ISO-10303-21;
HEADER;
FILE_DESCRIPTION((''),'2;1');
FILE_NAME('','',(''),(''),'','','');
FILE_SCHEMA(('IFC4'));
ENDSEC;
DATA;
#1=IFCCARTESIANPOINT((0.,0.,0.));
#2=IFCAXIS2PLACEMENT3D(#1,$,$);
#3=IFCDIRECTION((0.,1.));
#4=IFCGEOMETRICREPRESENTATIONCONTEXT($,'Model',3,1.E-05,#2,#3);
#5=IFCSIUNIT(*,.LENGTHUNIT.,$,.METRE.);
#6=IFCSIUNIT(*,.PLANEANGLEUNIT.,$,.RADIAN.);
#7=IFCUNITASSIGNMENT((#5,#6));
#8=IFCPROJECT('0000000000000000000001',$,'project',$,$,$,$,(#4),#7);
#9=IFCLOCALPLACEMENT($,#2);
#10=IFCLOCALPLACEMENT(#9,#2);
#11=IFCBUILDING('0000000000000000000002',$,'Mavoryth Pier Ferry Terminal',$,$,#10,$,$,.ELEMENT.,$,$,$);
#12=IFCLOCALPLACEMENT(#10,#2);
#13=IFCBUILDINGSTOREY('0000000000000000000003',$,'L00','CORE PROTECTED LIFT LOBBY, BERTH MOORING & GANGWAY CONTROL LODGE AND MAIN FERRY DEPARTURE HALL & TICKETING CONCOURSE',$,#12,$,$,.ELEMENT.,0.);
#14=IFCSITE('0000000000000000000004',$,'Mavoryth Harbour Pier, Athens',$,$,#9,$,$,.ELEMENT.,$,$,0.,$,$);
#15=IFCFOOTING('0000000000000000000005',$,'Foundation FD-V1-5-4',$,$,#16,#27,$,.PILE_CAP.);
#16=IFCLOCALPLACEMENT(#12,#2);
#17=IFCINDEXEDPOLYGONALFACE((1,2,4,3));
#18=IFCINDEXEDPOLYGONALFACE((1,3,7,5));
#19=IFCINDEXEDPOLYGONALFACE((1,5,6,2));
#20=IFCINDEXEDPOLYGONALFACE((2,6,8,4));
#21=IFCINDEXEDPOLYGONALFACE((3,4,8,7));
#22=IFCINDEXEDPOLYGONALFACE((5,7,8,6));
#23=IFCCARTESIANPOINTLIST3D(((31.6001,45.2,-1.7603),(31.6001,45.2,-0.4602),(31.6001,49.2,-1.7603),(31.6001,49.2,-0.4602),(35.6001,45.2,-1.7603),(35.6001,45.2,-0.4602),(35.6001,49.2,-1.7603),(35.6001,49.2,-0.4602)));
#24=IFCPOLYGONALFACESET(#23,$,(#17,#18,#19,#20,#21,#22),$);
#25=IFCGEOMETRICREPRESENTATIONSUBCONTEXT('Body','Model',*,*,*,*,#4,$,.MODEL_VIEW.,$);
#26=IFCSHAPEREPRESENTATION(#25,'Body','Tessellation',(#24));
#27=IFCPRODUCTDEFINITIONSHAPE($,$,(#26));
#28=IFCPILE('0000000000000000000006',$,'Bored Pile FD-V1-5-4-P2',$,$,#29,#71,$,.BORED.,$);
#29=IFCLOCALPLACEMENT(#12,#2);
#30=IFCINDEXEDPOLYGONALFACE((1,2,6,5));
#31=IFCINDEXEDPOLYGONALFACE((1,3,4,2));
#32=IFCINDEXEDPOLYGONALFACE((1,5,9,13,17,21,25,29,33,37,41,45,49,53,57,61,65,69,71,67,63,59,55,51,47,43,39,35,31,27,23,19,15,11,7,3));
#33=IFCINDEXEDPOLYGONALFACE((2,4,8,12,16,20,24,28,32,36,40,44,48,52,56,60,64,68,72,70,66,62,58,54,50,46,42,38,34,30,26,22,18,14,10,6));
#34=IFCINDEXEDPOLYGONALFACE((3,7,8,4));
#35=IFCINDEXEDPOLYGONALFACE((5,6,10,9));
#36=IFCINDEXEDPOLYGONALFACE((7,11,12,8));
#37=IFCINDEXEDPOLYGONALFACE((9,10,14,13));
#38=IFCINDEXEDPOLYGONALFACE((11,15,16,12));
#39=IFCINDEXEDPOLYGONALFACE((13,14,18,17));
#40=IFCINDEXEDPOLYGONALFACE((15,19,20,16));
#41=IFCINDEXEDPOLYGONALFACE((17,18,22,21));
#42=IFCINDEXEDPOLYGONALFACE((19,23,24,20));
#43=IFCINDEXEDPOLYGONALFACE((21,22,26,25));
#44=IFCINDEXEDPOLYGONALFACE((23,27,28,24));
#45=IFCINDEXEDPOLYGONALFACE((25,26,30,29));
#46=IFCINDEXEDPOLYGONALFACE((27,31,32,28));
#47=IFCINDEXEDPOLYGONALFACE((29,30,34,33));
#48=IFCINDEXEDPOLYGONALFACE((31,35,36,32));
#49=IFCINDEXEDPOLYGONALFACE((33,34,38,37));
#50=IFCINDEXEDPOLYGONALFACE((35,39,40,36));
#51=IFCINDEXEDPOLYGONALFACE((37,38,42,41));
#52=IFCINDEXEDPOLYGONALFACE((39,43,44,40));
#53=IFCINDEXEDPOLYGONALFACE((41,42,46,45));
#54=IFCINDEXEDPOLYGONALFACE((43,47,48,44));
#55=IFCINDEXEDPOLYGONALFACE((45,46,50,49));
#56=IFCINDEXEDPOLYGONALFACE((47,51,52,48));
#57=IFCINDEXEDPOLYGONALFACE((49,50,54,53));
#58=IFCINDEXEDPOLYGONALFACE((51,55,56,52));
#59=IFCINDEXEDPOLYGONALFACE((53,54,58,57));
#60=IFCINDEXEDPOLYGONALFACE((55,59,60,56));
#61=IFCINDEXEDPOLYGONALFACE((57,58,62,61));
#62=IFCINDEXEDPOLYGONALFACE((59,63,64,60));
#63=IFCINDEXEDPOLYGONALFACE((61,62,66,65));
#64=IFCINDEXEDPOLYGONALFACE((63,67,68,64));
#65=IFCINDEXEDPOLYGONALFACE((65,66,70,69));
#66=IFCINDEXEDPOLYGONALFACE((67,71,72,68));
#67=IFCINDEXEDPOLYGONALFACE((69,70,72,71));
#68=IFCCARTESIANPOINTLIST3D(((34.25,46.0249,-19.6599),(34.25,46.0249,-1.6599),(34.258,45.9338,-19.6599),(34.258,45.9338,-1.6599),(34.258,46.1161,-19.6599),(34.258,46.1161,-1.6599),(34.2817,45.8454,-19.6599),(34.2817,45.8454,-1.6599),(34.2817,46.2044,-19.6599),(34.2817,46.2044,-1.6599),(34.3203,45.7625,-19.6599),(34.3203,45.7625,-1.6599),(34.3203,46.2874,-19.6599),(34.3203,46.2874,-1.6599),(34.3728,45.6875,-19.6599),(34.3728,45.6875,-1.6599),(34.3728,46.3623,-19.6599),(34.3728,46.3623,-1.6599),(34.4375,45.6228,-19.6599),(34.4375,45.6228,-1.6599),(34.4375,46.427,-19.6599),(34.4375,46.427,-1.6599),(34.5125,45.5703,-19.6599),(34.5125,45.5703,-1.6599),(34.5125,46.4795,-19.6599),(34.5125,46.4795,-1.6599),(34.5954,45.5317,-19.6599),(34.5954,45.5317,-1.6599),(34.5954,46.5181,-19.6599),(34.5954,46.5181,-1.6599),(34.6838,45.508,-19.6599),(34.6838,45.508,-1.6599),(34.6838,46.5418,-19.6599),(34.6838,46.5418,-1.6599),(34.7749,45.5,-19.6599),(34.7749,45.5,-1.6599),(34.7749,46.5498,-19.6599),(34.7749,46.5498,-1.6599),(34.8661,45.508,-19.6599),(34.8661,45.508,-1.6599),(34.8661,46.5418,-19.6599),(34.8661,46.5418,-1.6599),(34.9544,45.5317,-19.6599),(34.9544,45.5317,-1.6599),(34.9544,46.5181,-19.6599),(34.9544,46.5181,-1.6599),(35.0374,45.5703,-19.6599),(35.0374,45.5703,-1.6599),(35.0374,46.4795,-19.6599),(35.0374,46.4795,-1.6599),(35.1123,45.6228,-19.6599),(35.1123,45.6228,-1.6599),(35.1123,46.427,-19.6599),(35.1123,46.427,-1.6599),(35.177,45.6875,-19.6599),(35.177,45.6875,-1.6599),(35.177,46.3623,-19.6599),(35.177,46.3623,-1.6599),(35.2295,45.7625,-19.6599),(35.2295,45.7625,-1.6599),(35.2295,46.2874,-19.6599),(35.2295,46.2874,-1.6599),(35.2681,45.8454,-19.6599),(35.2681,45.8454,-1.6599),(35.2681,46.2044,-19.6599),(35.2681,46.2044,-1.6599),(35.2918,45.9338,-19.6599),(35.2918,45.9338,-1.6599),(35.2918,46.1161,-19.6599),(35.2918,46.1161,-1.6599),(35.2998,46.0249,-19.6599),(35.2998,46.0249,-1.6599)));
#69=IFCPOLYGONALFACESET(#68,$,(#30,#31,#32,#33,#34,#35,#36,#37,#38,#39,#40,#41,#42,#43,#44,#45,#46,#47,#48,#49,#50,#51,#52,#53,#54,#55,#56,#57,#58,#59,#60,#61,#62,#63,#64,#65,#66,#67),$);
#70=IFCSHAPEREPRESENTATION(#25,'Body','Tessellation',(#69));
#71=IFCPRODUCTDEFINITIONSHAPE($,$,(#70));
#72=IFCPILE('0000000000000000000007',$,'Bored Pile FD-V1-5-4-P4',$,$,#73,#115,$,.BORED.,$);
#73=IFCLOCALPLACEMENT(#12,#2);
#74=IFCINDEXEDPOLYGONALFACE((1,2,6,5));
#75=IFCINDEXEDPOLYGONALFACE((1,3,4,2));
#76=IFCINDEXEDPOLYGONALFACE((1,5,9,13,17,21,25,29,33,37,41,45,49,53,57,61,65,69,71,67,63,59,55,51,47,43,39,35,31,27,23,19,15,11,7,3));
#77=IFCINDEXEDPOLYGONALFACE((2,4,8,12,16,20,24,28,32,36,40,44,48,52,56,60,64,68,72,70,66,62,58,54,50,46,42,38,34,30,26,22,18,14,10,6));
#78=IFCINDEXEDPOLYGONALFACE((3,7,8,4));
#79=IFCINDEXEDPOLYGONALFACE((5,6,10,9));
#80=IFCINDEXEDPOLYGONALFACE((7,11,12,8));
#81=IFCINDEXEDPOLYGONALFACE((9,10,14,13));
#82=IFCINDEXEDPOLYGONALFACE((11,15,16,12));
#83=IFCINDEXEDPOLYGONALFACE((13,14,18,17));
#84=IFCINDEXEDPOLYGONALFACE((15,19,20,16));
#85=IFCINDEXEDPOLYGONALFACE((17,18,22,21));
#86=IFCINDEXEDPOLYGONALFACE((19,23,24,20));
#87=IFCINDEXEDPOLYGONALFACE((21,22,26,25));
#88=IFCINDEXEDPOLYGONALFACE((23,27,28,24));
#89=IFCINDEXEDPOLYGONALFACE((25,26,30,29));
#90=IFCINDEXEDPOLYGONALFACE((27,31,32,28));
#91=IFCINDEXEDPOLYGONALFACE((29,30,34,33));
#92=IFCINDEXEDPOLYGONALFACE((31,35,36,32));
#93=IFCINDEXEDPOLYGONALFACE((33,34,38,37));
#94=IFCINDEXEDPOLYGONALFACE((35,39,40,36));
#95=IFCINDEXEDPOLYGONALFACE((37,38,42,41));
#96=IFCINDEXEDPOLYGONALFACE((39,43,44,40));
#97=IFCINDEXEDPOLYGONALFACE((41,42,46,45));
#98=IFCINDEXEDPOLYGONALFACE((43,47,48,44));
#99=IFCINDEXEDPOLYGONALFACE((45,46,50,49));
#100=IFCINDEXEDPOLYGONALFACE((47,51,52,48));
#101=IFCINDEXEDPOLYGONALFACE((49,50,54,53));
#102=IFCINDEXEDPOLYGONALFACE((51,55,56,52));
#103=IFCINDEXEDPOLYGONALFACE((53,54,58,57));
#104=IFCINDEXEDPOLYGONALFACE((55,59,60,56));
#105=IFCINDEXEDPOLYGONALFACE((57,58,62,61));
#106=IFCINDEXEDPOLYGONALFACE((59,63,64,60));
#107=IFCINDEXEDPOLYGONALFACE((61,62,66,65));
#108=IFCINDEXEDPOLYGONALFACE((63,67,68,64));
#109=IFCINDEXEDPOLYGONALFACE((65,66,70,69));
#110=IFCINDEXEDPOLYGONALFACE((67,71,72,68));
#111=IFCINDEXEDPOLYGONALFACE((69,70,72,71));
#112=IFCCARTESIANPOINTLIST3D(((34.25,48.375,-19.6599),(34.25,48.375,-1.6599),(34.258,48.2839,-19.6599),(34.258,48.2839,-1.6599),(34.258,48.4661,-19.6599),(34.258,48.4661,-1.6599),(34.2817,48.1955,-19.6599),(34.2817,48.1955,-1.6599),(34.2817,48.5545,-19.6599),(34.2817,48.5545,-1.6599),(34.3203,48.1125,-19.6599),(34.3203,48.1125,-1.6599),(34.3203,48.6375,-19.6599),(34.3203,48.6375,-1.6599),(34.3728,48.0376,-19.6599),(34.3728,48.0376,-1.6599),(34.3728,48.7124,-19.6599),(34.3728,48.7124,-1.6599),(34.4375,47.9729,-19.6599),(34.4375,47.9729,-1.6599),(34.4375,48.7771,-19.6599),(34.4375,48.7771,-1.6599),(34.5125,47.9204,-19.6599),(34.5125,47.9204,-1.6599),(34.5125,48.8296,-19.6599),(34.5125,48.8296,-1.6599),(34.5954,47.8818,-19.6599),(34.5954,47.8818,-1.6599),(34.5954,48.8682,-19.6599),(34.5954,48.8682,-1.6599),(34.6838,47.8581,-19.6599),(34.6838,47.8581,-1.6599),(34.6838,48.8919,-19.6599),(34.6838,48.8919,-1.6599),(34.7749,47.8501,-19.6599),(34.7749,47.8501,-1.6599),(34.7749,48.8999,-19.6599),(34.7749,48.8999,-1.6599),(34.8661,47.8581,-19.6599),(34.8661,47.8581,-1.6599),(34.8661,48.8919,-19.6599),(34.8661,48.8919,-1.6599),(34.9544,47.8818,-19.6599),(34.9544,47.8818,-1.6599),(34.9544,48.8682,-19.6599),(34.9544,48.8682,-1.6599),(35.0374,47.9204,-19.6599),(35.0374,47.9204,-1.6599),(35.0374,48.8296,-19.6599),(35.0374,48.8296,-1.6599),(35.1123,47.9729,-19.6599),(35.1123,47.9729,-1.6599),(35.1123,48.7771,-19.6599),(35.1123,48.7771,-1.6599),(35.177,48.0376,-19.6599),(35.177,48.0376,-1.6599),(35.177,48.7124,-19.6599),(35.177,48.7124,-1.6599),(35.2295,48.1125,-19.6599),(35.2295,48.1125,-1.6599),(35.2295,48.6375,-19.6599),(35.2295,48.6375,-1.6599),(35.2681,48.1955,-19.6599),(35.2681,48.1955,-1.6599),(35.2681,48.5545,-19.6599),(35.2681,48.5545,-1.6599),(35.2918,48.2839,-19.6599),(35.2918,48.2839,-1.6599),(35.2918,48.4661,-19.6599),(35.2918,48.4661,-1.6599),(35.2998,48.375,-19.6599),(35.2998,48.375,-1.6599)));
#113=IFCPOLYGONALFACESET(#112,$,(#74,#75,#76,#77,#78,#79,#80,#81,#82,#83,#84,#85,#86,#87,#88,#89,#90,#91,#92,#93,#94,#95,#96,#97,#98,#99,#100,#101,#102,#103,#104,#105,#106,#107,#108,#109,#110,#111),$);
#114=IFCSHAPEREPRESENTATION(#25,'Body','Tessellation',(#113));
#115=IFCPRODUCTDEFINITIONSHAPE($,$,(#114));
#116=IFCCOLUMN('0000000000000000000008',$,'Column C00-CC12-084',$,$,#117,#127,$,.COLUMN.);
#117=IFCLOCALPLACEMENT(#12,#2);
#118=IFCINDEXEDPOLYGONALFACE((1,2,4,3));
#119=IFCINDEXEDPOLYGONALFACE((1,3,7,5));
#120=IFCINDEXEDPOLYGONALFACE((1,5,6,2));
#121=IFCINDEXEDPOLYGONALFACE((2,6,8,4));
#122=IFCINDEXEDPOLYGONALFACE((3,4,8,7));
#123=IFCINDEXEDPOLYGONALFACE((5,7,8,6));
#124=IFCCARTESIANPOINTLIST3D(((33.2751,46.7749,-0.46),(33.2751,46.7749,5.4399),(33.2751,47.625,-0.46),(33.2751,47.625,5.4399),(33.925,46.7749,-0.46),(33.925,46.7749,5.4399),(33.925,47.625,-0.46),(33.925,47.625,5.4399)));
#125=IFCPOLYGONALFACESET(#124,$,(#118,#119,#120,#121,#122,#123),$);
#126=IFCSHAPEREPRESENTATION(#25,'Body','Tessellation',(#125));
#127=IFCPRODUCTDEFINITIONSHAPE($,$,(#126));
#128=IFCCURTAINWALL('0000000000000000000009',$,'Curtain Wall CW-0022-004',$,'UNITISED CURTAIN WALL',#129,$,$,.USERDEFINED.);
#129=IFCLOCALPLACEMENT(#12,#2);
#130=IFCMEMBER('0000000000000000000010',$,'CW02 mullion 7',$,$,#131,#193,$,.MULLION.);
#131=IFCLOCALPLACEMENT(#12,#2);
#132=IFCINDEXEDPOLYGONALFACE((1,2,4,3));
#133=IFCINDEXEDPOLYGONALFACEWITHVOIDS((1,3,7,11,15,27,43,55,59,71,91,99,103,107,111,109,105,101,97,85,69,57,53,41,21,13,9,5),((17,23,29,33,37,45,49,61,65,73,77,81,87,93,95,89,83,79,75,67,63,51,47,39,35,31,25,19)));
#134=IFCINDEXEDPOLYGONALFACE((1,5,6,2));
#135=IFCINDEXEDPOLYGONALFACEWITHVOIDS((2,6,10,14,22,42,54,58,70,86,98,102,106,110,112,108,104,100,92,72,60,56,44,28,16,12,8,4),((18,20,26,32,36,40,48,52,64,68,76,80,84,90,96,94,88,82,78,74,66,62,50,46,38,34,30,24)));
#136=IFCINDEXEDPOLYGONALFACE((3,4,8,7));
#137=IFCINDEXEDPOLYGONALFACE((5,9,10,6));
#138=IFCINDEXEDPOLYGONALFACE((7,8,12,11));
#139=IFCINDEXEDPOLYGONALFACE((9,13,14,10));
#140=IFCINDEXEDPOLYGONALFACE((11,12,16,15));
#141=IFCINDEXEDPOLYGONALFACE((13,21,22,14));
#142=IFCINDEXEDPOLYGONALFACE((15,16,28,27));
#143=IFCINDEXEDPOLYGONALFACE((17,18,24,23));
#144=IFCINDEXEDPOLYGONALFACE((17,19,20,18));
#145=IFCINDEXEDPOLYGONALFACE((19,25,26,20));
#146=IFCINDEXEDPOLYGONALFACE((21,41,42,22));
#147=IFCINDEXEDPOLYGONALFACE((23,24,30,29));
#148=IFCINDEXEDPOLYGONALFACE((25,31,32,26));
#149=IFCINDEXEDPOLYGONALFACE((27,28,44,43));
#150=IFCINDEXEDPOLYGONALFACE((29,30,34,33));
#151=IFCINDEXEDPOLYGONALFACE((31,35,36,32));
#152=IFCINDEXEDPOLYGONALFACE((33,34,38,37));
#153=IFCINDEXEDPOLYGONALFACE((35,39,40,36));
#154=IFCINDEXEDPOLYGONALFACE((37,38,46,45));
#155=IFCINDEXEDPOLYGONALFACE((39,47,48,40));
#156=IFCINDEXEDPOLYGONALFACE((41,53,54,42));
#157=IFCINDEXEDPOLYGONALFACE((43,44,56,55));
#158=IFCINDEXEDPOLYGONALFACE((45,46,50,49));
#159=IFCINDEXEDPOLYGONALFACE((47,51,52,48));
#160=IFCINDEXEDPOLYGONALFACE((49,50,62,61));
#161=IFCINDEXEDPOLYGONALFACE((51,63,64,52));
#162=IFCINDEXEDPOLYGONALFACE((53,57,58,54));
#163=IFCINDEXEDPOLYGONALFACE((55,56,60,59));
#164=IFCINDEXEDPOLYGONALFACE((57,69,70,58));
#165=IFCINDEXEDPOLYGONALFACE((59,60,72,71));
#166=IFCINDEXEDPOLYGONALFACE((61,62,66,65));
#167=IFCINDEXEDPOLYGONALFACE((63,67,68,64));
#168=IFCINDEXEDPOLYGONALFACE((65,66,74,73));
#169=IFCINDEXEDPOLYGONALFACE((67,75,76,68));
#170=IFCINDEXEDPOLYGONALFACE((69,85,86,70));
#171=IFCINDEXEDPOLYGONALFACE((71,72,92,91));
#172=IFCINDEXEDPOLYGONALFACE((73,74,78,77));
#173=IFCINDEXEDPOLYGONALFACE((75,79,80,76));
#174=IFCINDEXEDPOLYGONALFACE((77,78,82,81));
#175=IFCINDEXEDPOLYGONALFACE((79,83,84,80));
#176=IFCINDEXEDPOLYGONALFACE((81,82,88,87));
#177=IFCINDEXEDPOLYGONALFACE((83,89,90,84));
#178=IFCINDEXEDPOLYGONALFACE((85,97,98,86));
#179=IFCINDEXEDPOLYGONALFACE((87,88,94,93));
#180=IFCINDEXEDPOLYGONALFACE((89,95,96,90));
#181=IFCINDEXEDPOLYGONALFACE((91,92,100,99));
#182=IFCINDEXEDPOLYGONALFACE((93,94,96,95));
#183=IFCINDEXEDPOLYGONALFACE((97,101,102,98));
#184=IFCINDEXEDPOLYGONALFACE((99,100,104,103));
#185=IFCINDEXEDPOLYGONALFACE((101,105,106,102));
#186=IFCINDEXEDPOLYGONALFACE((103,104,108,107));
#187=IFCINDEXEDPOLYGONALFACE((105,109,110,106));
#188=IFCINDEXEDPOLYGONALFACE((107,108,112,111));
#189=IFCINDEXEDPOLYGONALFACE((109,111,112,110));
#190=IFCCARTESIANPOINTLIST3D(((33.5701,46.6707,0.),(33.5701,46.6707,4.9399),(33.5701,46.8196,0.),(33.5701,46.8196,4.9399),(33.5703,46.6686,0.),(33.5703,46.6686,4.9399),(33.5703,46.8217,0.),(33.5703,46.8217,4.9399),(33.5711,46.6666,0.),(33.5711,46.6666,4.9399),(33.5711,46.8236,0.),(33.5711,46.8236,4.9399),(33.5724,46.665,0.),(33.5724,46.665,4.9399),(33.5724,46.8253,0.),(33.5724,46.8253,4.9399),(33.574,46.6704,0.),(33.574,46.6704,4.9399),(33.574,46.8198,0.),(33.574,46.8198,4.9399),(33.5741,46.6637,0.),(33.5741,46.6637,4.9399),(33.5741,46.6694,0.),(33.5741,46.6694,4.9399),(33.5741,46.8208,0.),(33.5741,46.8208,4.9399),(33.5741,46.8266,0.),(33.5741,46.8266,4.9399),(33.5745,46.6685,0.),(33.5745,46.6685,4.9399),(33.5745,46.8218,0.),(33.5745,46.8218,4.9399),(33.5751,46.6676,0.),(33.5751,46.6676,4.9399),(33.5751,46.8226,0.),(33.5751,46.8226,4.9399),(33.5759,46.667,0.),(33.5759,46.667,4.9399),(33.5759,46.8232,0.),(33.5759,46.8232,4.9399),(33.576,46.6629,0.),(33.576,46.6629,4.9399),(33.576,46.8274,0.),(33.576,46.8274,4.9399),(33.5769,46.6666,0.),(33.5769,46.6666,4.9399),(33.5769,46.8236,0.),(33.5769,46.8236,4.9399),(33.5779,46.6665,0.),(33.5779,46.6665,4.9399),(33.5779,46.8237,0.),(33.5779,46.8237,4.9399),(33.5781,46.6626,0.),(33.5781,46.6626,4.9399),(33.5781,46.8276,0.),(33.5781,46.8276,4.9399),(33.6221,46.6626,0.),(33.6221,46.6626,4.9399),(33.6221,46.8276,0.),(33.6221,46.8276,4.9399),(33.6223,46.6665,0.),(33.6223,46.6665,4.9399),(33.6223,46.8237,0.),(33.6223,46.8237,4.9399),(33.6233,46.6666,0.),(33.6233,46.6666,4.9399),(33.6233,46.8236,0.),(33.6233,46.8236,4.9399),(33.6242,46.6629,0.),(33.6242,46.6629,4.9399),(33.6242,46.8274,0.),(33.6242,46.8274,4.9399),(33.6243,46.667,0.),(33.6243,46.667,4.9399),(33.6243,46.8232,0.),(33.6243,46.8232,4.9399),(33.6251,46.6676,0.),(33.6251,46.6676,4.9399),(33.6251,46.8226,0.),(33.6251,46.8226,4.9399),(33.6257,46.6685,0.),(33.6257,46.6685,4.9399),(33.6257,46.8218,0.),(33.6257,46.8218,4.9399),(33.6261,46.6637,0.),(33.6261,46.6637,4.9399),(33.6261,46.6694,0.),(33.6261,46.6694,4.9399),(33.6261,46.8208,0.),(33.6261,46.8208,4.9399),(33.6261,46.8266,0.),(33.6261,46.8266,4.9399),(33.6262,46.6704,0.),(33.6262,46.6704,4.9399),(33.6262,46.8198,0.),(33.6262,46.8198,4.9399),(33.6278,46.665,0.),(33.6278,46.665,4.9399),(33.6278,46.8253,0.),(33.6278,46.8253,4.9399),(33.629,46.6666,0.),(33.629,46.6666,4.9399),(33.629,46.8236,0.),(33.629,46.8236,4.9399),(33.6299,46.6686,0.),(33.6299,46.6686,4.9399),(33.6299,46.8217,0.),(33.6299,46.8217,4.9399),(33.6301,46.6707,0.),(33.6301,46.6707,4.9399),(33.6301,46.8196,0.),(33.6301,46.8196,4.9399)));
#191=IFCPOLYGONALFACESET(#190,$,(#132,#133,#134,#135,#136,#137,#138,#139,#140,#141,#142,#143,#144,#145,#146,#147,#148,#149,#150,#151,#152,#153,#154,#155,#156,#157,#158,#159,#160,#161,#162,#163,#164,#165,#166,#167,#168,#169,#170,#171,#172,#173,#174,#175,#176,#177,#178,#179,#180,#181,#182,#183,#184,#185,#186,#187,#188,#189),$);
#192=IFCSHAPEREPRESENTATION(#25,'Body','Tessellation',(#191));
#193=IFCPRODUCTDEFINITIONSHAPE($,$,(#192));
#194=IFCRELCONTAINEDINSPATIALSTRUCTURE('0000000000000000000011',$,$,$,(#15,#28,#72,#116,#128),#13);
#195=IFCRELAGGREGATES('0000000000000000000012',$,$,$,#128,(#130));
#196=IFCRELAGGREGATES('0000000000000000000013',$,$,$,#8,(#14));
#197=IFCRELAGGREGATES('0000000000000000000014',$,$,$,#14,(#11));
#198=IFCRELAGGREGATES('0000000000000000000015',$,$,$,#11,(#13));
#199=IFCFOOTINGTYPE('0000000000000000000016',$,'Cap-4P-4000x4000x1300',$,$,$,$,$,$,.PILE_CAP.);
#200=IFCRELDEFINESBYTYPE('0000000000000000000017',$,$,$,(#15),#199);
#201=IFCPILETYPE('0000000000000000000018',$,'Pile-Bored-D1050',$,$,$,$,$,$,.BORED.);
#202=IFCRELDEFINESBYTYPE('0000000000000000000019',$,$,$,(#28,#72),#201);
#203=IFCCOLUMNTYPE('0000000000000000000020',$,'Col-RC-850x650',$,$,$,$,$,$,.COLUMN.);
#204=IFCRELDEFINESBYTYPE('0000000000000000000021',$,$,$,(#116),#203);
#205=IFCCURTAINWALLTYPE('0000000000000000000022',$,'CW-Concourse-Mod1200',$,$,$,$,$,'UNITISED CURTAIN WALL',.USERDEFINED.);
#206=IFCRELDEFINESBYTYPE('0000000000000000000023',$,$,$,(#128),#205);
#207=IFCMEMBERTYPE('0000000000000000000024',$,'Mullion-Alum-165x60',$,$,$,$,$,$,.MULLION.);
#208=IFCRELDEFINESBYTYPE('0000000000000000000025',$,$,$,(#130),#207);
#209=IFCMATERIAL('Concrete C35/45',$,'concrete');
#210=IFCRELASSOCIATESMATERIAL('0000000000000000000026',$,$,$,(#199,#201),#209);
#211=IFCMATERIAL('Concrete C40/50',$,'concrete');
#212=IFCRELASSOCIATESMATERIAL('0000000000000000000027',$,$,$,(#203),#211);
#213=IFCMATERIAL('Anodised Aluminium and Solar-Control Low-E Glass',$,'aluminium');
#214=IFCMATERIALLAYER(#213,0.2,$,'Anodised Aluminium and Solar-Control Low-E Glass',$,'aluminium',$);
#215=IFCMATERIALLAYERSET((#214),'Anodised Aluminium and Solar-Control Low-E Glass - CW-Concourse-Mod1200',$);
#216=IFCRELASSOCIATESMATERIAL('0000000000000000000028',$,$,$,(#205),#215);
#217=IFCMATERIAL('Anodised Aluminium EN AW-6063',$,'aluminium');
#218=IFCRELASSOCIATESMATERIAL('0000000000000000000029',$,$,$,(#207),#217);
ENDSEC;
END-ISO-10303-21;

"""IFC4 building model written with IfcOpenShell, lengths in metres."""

from ifc_helpers import new_model, si_unit, direction, frame, origin, origin_2d, place, context, subcontext, project, spatial, rectangle, hollow_rectangle, circle, extrude, material, layer, layer_set, material_profile, profile_set, type_object, element, aggregate, save


model = new_model("IFC4")

# Units and contexts
model_context = context("Model", 3, precision=1e-05, world=origin(), true_north=direction((0.0, 1.0)))
body_context = subcontext(model_context, "Body", "Model", "MODEL_VIEW")
ifc_project = project(units=[si_unit("LENGTHUNIT", "METRE"), si_unit("PLANEANGLEUNIT", "RADIAN")], contexts=[model_context])

# Site, building, storey
site_placement = place(None, origin())
site = spatial("IfcSite", under=ifc_project, at=site_placement, Name="Mavoryth Harbour Pier, Athens", CompositionType="ELEMENT", RefElevation=0.0)
building_placement = place(site_placement, origin())
building = spatial("IfcBuilding", under=site, at=building_placement, Name="Mavoryth Pier Ferry Terminal", CompositionType="ELEMENT")
storey_placement = place(building_placement, origin())
storey = spatial("IfcBuildingStorey", under=building, at=storey_placement, Name="L00", Description="CORE PROTECTED LIFT LOBBY, BERTH MOORING & GANGWAY CONTROL LODGE AND MAIN FERRY DEPARTURE HALL & TICKETING CONCOURSE", CompositionType="ELEMENT", Elevation=0.0)

# Footing
ifc_material_1 = material(Name="Concrete C35/45", Category="concrete")
footing_type = type_object("IfcFootingType", Name="Cap-4P-4000x4000x1300", PredefinedType="PILE_CAP", material=ifc_material_1)
footing_placement = place(storey_placement, frame((33.6001, 47.2, -1.7603), z_axis=(0.0, 0.0, 1.0), x_axis=(1.0, 0.0, 0.0)))
element("IfcFooting", 1, at=footing_placement, inside=storey, type_object=footing_type, Name="Foundation FD-V1-5-4", PredefinedType="PILE_CAP", context=body_context, shape_type="SweptSolid", body=[
    extrude(rectangle(XDim=4.0, YDim=4.0, at=origin_2d()), origin(), (0.0, 0.0, 1.0), 1.3),
])

# Piles
ifc_material_profile_1 = material_profile(ifc_material_1, circle(Radius=0.5249, at=origin_2d()), Name="PILE D1050", Category="concrete")
ifc_profile_set_1 = profile_set([ifc_material_profile_1], Name="Concrete C35/45 - PILE D1050")
pile_type = type_object("IfcPileType", Name="Pile-Bored-D1050", PredefinedType="BORED", material=ifc_profile_set_1)
for number, where, z_axis, x_axis, name in (
    (2, (34.7749, 46.0249, -1.6599), (0.0, 0.0, -1.0), (1.0, 0.0, 0.0), "Bored Pile FD-V1-5-4-P2"),
    (3, (34.7749, 48.375, -1.6599), (0.0, 0.0, -1.0), (1.0, 0.0, 0.0), "Bored Pile FD-V1-5-4-P4"),
):
    element("IfcPile", number, at=place(storey_placement, frame(where, z_axis=z_axis, x_axis=x_axis)), inside=storey, type_object=pile_type, Name=name, PredefinedType="BORED", context=body_context, shape_type="SweptSolid", body=[
        extrude(circle(Radius=0.5249, at=origin_2d()), origin(), (0.0, 0.0, 1.0), 18.0),
    ])

# Column
ifc_material_2 = material(Name="Concrete C40/50", Category="concrete")
ifc_material_profile_2 = material_profile(ifc_material_2, rectangle(XDim=0.6499, YDim=0.8501, at=origin_2d()), Name="RC 850x650", Category="concrete")
ifc_profile_set_2 = profile_set([ifc_material_profile_2], Name="Concrete C40/50 - RC 850x650")
column_type = type_object("IfcColumnType", Name="Col-RC-850x650", PredefinedType="COLUMN", material=ifc_profile_set_2)
column_placement = place(storey_placement, frame((33.6001, 47.2, -0.46), z_axis=(0.0, 0.0, 1.0), x_axis=(1.0, 0.0, 0.0)))
element("IfcColumn", 4, at=column_placement, inside=storey, type_object=column_type, Name="Column C00-CC12-084", PredefinedType="COLUMN", context=body_context, shape_type="SweptSolid", body=[
    extrude(rectangle(XDim=0.6499, YDim=0.8501, at=origin_2d()), origin(), (0.0, 0.0, 1.0), 5.8999),
])

# Curtain wall, member
ifc_material_3 = material(Name="Anodised Aluminium and Solar-Control Low-E Glass", Category="aluminium")
ifc_layer_1 = layer(ifc_material_3, 0.2, Name="Anodised Aluminium and Solar-Control Low-E Glass", Category="aluminium")
ifc_layer_set_1 = layer_set([ifc_layer_1], Name="Anodised Aluminium and Solar-Control Low-E Glass - CW-Concourse-Mod1200")
curtain_wall_type = type_object("IfcCurtainWallType", Name="CW-Concourse-Mod1200", ElementType="UNITISED CURTAIN WALL", PredefinedType="USERDEFINED", material=ifc_layer_set_1)
curtain_wall_1_placement = place(storey_placement, origin())
curtain_wall_1 = element("IfcCurtainWall", 5, at=curtain_wall_1_placement, inside=storey, type_object=curtain_wall_type, Name="Curtain Wall CW-0022-004", ObjectType="UNITISED CURTAIN WALL", PredefinedType="USERDEFINED")
ifc_material_4 = material(Name="Anodised Aluminium EN AW-6063", Category="aluminium")
ifc_material_profile_3 = material_profile(ifc_material_4, hollow_rectangle(XDim=0.0601, YDim=0.165, WallThickness=0.0039, InnerFilletRadius=0.0039, OuterFilletRadius=0.0081, at=origin_2d()), Name="AL-MULL 165x60x4", Category="aluminium")
ifc_profile_set_3 = profile_set([ifc_material_profile_3], Name="Anodised Aluminium EN AW-6063 - AL-MULL 165x60x4")
member_type_1 = type_object("IfcMemberType", Name="Mullion-Alum-165x60", PredefinedType="MULLION", material=ifc_profile_set_3)
member_1_placement = place(storey_placement, frame((33.6001, 46.7451, 0.0), z_axis=(0.0, 0.0, 1.0), x_axis=(-1.0, 0.0, 0.0)))
member_1 = element("IfcMember", 6, at=member_1_placement, type_object=member_type_1, Name="CW02 mullion 7", PredefinedType="MULLION", context=body_context, shape_type="SweptSolid", body=[
    extrude(hollow_rectangle(XDim=0.0601, YDim=0.165, WallThickness=0.0039, InnerFilletRadius=0.0039, OuterFilletRadius=0.0081, at=origin_2d()), origin(), (0.0, 0.0, 1.0), 4.9399),
])

aggregate(curtain_wall_1, [member_1])

save(model, "model.ifc")
